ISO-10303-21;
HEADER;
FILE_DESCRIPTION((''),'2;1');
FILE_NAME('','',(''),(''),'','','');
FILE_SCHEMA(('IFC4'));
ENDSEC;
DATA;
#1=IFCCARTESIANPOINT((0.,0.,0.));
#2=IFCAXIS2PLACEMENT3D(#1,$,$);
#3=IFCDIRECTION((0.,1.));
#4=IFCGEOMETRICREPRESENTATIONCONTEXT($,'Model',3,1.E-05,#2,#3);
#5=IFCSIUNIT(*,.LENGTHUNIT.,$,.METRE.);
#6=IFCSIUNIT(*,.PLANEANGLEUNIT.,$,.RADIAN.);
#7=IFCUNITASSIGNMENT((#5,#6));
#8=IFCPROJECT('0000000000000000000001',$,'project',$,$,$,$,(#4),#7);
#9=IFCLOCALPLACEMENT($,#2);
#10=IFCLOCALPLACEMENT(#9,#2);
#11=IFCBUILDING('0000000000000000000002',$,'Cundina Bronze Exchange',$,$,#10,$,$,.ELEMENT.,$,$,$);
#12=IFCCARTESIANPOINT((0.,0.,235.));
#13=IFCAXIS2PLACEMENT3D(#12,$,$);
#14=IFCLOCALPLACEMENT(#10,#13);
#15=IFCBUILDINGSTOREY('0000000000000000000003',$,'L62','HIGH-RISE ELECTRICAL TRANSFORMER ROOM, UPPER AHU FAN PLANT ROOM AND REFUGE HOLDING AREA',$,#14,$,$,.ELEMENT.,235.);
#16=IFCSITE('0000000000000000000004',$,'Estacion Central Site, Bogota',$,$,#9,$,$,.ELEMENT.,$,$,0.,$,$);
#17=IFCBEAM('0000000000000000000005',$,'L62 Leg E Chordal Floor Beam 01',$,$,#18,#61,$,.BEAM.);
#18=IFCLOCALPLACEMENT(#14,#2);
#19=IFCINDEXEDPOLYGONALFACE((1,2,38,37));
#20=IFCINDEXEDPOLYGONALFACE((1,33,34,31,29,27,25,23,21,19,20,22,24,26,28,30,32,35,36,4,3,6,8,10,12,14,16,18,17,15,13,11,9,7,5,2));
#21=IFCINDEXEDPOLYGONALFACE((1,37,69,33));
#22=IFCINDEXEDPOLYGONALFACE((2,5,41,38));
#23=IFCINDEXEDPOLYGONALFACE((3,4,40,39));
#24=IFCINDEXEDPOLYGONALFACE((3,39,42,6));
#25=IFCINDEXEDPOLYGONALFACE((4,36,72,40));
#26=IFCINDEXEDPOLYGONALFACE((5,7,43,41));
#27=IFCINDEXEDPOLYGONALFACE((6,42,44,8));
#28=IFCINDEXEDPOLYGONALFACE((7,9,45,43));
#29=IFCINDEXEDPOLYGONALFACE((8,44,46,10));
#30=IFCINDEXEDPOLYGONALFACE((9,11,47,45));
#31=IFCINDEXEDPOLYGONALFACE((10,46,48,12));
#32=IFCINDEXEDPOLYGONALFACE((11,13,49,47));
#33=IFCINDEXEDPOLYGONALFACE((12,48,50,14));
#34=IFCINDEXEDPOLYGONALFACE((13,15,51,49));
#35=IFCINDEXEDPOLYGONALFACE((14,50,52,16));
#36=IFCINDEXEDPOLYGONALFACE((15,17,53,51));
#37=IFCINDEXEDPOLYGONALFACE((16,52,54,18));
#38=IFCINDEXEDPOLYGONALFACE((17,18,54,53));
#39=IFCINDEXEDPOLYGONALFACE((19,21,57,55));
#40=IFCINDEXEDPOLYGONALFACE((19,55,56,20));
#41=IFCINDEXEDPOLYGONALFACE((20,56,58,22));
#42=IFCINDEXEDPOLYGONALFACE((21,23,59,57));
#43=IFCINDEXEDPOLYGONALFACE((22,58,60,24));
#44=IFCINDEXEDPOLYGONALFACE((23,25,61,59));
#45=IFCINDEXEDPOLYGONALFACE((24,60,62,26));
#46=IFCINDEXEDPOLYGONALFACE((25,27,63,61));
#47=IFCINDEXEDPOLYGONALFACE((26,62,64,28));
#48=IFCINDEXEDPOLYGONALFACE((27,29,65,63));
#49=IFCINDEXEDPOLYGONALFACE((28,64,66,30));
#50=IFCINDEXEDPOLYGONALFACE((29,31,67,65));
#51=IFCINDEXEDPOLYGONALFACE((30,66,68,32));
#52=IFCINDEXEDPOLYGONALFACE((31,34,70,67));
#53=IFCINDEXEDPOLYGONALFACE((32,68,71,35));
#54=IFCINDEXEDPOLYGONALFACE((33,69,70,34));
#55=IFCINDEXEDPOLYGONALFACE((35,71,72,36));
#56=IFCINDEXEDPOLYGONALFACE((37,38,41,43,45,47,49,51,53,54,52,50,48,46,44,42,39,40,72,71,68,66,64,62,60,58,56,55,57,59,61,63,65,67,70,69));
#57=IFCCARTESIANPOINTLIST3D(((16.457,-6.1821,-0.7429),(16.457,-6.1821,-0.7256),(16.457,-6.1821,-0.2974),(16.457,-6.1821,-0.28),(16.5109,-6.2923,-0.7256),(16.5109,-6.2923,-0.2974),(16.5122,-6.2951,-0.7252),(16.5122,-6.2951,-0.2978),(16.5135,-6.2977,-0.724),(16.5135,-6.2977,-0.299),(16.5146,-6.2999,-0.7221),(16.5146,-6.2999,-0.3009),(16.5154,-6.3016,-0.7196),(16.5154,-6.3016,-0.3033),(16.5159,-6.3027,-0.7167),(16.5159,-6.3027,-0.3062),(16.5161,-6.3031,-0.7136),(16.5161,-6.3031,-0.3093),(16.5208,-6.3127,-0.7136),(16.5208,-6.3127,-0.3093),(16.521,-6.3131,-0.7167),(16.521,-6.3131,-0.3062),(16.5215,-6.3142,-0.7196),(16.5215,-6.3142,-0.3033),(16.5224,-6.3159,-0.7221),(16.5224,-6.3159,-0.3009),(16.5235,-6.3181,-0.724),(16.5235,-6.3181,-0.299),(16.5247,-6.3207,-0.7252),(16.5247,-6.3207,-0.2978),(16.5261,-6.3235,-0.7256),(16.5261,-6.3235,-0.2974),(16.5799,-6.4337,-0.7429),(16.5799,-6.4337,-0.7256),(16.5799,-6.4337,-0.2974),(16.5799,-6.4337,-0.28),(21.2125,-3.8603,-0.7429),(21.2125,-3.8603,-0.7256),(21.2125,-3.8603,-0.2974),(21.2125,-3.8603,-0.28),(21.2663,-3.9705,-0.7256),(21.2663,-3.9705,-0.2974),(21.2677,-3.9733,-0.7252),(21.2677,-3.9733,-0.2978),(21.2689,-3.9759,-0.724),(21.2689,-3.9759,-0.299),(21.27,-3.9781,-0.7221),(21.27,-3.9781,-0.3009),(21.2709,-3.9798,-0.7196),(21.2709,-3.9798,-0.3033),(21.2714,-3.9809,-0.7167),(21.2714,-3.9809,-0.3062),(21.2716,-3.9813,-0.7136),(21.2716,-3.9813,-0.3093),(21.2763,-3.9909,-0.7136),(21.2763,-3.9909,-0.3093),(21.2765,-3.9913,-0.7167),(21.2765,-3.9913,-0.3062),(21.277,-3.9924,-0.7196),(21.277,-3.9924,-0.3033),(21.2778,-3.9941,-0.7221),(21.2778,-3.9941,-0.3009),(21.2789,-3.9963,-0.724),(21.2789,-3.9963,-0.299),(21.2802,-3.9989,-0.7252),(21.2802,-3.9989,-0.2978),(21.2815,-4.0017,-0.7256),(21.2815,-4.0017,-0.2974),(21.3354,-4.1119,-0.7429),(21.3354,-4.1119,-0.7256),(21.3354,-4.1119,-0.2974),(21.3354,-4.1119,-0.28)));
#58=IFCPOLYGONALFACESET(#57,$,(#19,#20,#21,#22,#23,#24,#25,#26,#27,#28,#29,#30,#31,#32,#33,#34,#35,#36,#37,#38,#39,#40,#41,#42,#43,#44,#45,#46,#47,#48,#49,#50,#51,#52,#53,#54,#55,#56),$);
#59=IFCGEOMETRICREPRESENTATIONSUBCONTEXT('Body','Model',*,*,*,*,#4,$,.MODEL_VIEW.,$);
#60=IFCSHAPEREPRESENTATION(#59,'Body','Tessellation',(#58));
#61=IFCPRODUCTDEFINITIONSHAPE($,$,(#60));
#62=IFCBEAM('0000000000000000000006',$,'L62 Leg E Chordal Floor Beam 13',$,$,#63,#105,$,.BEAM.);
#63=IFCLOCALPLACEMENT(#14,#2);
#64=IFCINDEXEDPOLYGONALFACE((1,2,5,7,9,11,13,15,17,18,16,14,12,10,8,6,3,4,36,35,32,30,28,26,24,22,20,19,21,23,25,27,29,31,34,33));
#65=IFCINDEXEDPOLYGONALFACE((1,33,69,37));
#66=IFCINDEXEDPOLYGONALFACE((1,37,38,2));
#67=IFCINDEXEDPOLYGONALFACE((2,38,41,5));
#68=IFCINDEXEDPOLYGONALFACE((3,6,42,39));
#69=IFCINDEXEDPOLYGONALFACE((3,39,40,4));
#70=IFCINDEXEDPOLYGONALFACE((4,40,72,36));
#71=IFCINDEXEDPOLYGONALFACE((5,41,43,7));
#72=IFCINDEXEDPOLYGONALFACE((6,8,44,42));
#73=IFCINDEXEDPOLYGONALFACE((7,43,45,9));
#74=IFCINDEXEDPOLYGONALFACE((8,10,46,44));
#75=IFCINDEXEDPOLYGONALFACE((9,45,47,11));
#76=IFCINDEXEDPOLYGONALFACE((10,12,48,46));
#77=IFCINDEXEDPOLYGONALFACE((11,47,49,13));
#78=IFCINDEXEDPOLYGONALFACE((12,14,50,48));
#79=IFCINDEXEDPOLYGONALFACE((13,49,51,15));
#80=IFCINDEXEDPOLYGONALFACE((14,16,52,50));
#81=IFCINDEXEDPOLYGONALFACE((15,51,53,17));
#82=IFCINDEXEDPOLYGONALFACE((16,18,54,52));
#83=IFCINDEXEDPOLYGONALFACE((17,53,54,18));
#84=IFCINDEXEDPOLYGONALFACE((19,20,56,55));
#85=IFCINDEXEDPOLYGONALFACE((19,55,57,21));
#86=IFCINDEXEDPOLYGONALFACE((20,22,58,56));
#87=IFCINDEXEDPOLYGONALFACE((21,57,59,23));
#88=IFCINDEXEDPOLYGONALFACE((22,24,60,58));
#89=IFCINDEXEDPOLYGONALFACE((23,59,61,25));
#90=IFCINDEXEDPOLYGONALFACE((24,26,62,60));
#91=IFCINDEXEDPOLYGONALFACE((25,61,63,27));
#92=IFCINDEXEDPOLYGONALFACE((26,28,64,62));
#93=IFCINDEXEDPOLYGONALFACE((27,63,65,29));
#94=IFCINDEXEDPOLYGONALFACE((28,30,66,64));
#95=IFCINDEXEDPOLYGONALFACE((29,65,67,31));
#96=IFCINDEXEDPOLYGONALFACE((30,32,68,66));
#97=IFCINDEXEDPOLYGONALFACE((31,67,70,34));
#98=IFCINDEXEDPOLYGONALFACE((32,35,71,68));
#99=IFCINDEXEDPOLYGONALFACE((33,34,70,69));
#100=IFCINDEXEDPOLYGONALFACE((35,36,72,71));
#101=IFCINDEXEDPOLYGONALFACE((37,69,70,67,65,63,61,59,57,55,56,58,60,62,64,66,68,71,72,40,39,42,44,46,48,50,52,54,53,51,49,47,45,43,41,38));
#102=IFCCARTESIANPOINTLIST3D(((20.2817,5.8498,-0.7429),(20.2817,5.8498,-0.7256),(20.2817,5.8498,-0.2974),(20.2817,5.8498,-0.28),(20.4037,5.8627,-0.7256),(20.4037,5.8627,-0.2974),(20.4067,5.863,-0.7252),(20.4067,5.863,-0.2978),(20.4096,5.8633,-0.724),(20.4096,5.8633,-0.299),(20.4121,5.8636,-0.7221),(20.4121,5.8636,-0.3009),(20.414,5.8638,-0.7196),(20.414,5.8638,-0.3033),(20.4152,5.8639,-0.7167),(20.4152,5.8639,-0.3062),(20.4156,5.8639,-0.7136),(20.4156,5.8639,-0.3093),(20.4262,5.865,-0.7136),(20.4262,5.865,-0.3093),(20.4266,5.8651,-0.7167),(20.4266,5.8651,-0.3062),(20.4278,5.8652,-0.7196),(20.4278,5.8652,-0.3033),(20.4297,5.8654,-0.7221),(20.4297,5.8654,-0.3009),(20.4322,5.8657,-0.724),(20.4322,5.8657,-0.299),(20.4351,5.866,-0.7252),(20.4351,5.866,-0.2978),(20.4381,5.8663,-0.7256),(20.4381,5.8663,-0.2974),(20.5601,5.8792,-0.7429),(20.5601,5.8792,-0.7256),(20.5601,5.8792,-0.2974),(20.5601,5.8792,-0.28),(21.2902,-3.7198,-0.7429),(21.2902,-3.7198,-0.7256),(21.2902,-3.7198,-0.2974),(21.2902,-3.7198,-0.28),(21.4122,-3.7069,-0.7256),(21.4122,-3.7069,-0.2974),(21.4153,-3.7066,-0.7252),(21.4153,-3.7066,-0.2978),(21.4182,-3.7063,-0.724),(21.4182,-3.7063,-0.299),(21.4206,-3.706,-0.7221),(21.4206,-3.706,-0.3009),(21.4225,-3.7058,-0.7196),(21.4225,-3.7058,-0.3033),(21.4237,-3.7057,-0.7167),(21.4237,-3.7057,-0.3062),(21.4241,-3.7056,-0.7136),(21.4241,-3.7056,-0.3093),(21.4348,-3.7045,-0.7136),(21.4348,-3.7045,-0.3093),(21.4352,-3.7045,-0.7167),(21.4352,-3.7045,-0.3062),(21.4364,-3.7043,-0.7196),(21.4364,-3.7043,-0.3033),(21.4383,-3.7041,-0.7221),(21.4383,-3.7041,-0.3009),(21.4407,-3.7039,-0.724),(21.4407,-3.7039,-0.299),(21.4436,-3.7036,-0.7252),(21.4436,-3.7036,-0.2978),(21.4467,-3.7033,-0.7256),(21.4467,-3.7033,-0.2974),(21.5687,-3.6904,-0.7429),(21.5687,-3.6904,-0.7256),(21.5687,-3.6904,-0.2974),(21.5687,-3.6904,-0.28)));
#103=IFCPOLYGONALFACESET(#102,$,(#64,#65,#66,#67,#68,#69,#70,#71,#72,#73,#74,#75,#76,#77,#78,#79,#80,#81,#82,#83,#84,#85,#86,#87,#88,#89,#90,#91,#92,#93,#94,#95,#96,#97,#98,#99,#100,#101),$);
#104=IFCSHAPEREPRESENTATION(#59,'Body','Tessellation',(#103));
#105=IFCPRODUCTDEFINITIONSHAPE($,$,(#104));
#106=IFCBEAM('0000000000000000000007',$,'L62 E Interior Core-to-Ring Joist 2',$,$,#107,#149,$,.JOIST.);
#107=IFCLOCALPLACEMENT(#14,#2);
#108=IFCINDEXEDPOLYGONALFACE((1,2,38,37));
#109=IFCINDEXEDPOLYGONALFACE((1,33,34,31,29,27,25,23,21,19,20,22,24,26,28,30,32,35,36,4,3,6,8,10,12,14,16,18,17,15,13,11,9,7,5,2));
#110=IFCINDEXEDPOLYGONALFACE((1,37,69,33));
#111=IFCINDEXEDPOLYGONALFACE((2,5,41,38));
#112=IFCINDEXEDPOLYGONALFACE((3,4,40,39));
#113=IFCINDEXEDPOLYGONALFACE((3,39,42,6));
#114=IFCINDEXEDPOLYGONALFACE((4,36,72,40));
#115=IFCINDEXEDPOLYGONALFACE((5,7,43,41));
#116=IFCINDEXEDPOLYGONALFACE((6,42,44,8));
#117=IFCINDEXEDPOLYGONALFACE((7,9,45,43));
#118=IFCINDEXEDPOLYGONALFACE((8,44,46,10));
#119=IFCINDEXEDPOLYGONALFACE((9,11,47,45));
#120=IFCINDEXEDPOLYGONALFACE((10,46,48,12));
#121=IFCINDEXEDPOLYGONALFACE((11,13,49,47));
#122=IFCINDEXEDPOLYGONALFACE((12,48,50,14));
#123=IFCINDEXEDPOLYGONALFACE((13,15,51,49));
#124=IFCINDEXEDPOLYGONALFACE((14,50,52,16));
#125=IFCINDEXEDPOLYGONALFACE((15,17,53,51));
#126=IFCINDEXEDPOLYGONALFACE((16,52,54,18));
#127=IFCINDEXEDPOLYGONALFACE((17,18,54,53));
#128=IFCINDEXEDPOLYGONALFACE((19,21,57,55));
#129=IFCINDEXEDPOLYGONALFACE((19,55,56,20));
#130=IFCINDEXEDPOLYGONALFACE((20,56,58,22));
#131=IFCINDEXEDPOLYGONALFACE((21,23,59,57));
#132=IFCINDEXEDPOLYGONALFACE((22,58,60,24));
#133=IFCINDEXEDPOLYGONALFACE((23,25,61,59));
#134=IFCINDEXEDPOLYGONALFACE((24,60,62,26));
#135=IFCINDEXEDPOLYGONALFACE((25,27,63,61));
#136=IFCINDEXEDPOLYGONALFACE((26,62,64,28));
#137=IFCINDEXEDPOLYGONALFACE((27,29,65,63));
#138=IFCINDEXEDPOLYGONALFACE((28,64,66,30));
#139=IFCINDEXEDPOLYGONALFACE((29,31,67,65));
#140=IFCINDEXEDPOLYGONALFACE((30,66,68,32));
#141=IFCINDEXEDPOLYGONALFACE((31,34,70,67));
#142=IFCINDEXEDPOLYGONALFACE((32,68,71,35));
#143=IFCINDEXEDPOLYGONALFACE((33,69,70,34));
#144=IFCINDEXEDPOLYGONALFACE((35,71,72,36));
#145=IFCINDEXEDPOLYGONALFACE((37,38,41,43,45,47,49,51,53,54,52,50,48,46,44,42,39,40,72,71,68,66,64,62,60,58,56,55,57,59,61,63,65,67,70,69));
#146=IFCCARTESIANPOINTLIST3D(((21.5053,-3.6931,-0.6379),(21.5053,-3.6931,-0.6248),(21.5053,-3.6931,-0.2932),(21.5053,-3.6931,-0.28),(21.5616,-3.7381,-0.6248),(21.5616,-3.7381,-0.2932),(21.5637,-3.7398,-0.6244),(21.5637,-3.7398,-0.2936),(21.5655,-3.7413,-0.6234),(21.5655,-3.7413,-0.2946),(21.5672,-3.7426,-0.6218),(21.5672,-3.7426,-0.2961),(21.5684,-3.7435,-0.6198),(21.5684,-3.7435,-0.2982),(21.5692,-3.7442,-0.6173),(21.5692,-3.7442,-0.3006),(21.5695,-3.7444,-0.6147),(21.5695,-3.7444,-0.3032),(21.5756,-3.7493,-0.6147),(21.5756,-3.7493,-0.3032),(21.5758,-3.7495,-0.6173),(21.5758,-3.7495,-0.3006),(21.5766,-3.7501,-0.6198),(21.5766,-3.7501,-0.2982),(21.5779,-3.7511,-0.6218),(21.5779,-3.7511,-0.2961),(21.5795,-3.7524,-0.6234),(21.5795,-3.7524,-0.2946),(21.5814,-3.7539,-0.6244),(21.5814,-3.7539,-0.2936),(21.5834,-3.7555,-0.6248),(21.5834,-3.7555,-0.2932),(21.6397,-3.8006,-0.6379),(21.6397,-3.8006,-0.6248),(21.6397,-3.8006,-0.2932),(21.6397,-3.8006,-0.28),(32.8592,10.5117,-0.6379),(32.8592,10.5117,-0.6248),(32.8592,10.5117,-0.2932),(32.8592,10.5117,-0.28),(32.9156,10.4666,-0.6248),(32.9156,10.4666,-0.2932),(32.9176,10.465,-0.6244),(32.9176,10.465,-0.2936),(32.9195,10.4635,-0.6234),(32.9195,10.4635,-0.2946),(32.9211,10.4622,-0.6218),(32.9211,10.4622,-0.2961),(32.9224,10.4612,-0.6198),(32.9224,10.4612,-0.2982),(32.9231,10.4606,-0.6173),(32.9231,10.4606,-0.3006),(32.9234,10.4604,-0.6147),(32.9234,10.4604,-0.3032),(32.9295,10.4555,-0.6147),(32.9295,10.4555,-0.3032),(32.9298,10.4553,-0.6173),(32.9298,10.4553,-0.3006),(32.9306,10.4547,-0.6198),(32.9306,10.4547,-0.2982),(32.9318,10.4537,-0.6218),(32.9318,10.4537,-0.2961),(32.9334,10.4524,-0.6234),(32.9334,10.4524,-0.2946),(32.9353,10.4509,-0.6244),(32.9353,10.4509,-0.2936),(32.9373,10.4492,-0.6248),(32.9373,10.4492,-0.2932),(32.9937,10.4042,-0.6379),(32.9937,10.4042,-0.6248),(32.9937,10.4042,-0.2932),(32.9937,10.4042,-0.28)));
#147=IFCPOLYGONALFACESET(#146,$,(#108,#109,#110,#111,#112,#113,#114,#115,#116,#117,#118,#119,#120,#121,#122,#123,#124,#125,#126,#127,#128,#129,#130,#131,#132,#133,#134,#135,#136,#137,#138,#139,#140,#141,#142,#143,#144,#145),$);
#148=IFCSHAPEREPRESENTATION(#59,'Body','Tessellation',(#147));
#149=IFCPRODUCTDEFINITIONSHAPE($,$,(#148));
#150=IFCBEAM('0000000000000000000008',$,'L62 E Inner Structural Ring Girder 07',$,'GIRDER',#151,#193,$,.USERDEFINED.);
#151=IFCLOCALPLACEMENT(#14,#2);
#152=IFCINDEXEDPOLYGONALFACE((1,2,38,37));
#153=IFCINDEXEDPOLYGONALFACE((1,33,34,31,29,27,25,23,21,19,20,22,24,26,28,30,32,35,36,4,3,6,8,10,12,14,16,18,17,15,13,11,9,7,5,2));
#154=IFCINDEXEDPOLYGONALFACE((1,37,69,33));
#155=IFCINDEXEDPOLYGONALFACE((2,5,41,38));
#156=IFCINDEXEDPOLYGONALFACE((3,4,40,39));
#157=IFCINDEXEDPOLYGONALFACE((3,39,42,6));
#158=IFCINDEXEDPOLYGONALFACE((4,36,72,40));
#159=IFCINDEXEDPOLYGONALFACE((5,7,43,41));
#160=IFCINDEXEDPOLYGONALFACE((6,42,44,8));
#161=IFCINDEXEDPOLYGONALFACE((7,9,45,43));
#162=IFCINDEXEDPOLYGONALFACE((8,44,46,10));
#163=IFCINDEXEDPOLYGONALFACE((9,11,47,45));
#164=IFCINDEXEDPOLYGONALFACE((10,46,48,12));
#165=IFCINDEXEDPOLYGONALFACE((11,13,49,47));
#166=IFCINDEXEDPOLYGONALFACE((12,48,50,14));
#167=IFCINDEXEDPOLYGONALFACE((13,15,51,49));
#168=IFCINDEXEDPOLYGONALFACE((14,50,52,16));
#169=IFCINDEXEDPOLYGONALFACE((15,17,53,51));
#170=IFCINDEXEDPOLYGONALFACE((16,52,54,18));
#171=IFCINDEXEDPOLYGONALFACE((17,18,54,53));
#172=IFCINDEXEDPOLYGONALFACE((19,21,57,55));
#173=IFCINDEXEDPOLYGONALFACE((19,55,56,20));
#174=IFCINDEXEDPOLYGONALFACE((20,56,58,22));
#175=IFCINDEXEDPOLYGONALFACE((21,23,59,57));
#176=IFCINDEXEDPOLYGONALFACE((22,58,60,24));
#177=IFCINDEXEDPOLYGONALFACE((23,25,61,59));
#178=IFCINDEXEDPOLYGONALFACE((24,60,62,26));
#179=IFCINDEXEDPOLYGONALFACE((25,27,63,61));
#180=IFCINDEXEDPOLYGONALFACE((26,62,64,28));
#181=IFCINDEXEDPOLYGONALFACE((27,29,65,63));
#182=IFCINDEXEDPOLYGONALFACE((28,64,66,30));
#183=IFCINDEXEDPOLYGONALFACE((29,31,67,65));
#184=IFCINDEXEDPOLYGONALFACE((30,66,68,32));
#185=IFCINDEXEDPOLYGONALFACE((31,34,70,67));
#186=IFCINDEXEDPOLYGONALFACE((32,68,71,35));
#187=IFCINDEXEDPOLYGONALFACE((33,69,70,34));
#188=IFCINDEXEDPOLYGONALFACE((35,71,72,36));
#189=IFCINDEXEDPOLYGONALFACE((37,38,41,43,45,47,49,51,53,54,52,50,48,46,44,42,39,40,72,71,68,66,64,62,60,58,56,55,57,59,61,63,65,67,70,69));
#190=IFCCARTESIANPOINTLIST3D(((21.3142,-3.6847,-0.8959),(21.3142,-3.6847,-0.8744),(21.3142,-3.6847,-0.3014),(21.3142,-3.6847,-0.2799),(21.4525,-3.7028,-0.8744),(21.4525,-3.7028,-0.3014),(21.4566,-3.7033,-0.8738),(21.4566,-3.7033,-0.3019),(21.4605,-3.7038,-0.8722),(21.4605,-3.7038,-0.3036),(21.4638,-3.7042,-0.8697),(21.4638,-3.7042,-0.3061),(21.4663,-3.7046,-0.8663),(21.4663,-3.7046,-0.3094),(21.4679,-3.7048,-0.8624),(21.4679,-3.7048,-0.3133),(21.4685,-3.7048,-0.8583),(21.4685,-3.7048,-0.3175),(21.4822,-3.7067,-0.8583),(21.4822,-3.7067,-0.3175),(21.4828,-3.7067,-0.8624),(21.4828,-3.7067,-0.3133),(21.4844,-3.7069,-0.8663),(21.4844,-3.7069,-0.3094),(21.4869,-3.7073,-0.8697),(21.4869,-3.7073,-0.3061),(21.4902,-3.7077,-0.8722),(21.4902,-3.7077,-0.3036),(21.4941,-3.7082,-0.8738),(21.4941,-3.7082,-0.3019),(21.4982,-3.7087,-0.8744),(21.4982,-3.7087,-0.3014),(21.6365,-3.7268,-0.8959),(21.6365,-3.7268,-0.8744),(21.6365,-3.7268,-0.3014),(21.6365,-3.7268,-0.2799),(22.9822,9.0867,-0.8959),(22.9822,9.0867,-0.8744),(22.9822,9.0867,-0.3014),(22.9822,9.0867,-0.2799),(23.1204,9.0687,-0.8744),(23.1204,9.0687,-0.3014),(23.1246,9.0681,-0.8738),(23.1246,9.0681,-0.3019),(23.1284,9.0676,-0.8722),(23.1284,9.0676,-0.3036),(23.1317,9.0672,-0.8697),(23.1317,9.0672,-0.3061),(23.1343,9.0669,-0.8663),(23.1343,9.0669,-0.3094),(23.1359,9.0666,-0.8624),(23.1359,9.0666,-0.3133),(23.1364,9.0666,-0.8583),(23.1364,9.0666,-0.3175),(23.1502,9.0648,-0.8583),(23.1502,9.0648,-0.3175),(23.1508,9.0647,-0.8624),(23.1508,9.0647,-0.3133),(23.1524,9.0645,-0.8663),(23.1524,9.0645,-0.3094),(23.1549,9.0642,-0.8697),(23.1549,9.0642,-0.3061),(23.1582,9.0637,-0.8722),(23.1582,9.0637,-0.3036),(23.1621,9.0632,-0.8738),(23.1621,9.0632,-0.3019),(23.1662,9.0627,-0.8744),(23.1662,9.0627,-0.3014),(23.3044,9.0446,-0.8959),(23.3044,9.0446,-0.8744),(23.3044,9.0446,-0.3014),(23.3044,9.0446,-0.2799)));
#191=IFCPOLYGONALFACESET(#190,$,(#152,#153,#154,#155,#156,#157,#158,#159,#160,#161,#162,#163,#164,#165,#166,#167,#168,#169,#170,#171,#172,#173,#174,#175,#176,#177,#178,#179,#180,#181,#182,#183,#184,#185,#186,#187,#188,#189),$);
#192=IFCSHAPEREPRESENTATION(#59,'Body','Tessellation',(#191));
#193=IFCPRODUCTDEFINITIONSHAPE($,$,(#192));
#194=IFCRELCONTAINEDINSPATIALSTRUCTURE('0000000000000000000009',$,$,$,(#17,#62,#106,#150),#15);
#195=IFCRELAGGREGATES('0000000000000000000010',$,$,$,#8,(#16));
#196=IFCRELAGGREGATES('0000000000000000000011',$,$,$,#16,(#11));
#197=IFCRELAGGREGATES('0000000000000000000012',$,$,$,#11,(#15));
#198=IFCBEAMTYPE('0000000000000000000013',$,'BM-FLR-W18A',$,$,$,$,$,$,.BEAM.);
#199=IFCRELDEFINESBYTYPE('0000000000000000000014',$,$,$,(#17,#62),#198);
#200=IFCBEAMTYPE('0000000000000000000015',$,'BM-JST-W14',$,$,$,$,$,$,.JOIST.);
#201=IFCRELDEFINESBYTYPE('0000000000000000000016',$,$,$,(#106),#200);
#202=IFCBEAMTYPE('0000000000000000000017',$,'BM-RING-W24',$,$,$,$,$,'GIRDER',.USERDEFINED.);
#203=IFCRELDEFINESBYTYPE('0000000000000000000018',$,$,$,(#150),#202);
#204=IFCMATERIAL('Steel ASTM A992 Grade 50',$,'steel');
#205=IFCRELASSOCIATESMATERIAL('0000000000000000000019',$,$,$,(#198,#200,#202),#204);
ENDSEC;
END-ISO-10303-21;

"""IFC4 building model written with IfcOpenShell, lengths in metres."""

from ifc_helpers import new_model, si_unit, direction, frame, origin, origin_2d, place, context, subcontext, project, spatial, i_section, extrude, material, material_profile, profile_set, type_object, element, save


model = new_model("IFC4")

# Units and contexts
model_context = context("Model", 3, precision=1e-05, world=origin(), true_north=direction((0.0, 1.0)))
body_context = subcontext(model_context, "Body", "Model", "MODEL_VIEW")
ifc_project = project(units=[si_unit("LENGTHUNIT", "METRE"), si_unit("PLANEANGLEUNIT", "RADIAN")], contexts=[model_context])

# Site, building, storey
site_placement = place(None, origin())
site = spatial("IfcSite", under=ifc_project, at=site_placement, Name="Estacion Central Site, Bogota", CompositionType="ELEMENT", RefElevation=0.0)
building_placement = place(site_placement, origin())
building = spatial("IfcBuilding", under=site, at=building_placement, Name="Cundina Bronze Exchange", CompositionType="ELEMENT")
storey_placement = place(building_placement, frame((0.0, 0.0, 235.0)))
storey = spatial("IfcBuildingStorey", under=building, at=storey_placement, Name="L62", Description="HIGH-RISE ELECTRICAL TRANSFORMER ROOM, UPPER AHU FAN PLANT ROOM AND REFUGE HOLDING AREA", CompositionType="ELEMENT", Elevation=235.0)

# Shared definitions
ifc_material_1 = material(Name="Steel ASTM A992 Grade 50", Category="steel")

# Beams
ifc_material_profile_1 = material_profile(ifc_material_1, i_section(OverallWidth=0.28, OverallDepth=0.4629, WebThickness=0.0107, FlangeThickness=0.0173, FilletRadius=0.012, at=origin_2d()), Name="W18X76", Category="steel")
ifc_profile_set_1 = profile_set([ifc_material_profile_1], Name="Steel ASTM A992 Grade 50")
beam_type_1 = type_object("IfcBeamType", Name="BM-FLR-W18A", PredefinedType="BEAM", material=ifc_profile_set_1)
beam_1_placement = place(storey_placement, frame((21.2739, -3.9861, -0.5115), z_axis=(-0.898613, -0.438742, 0.0), x_axis=(0.438742, -0.898613, 0.0)))
element("IfcBeam", 1, at=beam_1_placement, inside=storey, type_object=beam_type_1, Name="L62 Leg E Chordal Floor Beam 01", PredefinedType="BEAM", context=body_context, shape_type="SweptSolid", body=[
    extrude(i_section(OverallWidth=0.28, OverallDepth=0.4629, WebThickness=0.0107, FlangeThickness=0.0173, FilletRadius=0.012, at=origin_2d()), origin(), (0.0, 0.0, 1.0), 5.292),
])
beam_2_placement = place(storey_placement, frame((21.4294, -3.7051, -0.5115), z_axis=(-0.10481, 0.994492, 0.0), x_axis=(-0.994492, -0.10481, 0.0)))
element("IfcBeam", 2, at=beam_2_placement, inside=storey, type_object=beam_type_1, Name="L62 Leg E Chordal Floor Beam 13", PredefinedType="BEAM", context=body_context, shape_type="SweptSolid", body=[
    extrude(i_section(OverallWidth=0.28, OverallDepth=0.4629, WebThickness=0.0107, FlangeThickness=0.0173, FilletRadius=0.012, at=origin_2d()), origin(), (0.0, 0.0, 1.0), 9.6226),
])
ifc_material_profile_2 = material_profile(ifc_material_1, i_section(OverallWidth=0.1721, OverallDepth=0.3579, WebThickness=0.0078, FlangeThickness=0.0132, FilletRadius=0.01, at=origin_2d()), Name="W14X38", Category="steel")
ifc_profile_set_2 = profile_set([ifc_material_profile_2], Name="Steel ASTM A992 Grade 50")
beam_type_2 = type_object("IfcBeamType", Name="BM-JST-W14", PredefinedType="JOIST", material=ifc_profile_set_2)
beam_3_placement = place(storey_placement, frame((21.5725, -3.7468, -0.459), z_axis=(0.624364, 0.781133, 0.0), x_axis=(-0.781133, 0.624364, 0.0)))
element("IfcBeam", 3, at=beam_3_placement, inside=storey, type_object=beam_type_2, Name="L62 E Interior Core-to-Ring Joist 2", PredefinedType="JOIST", context=body_context, shape_type="SweptSolid", body=[
    extrude(i_section(OverallWidth=0.1721, OverallDepth=0.3579, WebThickness=0.0078, FlangeThickness=0.0132, FilletRadius=0.01, at=origin_2d()), origin(), (0.0, 0.0, 1.0), 18.1848),
])
ifc_material_profile_3 = material_profile(ifc_material_1, i_section(OverallWidth=0.325, OverallDepth=0.616, WebThickness=0.0139, FlangeThickness=0.0215, FilletRadius=0.0161, at=origin_2d()), Name="W24X117", Category="steel")
ifc_profile_set_3 = profile_set([ifc_material_profile_3], Name="Steel ASTM A992 Grade 50")
beam_type_3 = type_object("IfcBeamType", Name="BM-RING-W24", ElementType="GIRDER", PredefinedType="USERDEFINED", material=ifc_profile_set_3)
beam_4_placement = place(storey_placement, frame((23.1433, 9.0657, -0.5879), z_axis=(-0.129501, -0.991579, 0.0), x_axis=(0.991579, -0.129501, 0.0)))
element("IfcBeam", 4, at=beam_4_placement, inside=storey, type_object=beam_type_3, Name="L62 E Inner Structural Ring Girder 07", ObjectType="GIRDER", PredefinedType="USERDEFINED", context=body_context, shape_type="SweptSolid", body=[
    extrude(i_section(OverallWidth=0.325, OverallDepth=0.616, WebThickness=0.0139, FlangeThickness=0.0215, FilletRadius=0.0161, at=origin_2d()), origin(), (0.0, 0.0, 1.0), 12.8799),
])

save(model, "model.ifc")
